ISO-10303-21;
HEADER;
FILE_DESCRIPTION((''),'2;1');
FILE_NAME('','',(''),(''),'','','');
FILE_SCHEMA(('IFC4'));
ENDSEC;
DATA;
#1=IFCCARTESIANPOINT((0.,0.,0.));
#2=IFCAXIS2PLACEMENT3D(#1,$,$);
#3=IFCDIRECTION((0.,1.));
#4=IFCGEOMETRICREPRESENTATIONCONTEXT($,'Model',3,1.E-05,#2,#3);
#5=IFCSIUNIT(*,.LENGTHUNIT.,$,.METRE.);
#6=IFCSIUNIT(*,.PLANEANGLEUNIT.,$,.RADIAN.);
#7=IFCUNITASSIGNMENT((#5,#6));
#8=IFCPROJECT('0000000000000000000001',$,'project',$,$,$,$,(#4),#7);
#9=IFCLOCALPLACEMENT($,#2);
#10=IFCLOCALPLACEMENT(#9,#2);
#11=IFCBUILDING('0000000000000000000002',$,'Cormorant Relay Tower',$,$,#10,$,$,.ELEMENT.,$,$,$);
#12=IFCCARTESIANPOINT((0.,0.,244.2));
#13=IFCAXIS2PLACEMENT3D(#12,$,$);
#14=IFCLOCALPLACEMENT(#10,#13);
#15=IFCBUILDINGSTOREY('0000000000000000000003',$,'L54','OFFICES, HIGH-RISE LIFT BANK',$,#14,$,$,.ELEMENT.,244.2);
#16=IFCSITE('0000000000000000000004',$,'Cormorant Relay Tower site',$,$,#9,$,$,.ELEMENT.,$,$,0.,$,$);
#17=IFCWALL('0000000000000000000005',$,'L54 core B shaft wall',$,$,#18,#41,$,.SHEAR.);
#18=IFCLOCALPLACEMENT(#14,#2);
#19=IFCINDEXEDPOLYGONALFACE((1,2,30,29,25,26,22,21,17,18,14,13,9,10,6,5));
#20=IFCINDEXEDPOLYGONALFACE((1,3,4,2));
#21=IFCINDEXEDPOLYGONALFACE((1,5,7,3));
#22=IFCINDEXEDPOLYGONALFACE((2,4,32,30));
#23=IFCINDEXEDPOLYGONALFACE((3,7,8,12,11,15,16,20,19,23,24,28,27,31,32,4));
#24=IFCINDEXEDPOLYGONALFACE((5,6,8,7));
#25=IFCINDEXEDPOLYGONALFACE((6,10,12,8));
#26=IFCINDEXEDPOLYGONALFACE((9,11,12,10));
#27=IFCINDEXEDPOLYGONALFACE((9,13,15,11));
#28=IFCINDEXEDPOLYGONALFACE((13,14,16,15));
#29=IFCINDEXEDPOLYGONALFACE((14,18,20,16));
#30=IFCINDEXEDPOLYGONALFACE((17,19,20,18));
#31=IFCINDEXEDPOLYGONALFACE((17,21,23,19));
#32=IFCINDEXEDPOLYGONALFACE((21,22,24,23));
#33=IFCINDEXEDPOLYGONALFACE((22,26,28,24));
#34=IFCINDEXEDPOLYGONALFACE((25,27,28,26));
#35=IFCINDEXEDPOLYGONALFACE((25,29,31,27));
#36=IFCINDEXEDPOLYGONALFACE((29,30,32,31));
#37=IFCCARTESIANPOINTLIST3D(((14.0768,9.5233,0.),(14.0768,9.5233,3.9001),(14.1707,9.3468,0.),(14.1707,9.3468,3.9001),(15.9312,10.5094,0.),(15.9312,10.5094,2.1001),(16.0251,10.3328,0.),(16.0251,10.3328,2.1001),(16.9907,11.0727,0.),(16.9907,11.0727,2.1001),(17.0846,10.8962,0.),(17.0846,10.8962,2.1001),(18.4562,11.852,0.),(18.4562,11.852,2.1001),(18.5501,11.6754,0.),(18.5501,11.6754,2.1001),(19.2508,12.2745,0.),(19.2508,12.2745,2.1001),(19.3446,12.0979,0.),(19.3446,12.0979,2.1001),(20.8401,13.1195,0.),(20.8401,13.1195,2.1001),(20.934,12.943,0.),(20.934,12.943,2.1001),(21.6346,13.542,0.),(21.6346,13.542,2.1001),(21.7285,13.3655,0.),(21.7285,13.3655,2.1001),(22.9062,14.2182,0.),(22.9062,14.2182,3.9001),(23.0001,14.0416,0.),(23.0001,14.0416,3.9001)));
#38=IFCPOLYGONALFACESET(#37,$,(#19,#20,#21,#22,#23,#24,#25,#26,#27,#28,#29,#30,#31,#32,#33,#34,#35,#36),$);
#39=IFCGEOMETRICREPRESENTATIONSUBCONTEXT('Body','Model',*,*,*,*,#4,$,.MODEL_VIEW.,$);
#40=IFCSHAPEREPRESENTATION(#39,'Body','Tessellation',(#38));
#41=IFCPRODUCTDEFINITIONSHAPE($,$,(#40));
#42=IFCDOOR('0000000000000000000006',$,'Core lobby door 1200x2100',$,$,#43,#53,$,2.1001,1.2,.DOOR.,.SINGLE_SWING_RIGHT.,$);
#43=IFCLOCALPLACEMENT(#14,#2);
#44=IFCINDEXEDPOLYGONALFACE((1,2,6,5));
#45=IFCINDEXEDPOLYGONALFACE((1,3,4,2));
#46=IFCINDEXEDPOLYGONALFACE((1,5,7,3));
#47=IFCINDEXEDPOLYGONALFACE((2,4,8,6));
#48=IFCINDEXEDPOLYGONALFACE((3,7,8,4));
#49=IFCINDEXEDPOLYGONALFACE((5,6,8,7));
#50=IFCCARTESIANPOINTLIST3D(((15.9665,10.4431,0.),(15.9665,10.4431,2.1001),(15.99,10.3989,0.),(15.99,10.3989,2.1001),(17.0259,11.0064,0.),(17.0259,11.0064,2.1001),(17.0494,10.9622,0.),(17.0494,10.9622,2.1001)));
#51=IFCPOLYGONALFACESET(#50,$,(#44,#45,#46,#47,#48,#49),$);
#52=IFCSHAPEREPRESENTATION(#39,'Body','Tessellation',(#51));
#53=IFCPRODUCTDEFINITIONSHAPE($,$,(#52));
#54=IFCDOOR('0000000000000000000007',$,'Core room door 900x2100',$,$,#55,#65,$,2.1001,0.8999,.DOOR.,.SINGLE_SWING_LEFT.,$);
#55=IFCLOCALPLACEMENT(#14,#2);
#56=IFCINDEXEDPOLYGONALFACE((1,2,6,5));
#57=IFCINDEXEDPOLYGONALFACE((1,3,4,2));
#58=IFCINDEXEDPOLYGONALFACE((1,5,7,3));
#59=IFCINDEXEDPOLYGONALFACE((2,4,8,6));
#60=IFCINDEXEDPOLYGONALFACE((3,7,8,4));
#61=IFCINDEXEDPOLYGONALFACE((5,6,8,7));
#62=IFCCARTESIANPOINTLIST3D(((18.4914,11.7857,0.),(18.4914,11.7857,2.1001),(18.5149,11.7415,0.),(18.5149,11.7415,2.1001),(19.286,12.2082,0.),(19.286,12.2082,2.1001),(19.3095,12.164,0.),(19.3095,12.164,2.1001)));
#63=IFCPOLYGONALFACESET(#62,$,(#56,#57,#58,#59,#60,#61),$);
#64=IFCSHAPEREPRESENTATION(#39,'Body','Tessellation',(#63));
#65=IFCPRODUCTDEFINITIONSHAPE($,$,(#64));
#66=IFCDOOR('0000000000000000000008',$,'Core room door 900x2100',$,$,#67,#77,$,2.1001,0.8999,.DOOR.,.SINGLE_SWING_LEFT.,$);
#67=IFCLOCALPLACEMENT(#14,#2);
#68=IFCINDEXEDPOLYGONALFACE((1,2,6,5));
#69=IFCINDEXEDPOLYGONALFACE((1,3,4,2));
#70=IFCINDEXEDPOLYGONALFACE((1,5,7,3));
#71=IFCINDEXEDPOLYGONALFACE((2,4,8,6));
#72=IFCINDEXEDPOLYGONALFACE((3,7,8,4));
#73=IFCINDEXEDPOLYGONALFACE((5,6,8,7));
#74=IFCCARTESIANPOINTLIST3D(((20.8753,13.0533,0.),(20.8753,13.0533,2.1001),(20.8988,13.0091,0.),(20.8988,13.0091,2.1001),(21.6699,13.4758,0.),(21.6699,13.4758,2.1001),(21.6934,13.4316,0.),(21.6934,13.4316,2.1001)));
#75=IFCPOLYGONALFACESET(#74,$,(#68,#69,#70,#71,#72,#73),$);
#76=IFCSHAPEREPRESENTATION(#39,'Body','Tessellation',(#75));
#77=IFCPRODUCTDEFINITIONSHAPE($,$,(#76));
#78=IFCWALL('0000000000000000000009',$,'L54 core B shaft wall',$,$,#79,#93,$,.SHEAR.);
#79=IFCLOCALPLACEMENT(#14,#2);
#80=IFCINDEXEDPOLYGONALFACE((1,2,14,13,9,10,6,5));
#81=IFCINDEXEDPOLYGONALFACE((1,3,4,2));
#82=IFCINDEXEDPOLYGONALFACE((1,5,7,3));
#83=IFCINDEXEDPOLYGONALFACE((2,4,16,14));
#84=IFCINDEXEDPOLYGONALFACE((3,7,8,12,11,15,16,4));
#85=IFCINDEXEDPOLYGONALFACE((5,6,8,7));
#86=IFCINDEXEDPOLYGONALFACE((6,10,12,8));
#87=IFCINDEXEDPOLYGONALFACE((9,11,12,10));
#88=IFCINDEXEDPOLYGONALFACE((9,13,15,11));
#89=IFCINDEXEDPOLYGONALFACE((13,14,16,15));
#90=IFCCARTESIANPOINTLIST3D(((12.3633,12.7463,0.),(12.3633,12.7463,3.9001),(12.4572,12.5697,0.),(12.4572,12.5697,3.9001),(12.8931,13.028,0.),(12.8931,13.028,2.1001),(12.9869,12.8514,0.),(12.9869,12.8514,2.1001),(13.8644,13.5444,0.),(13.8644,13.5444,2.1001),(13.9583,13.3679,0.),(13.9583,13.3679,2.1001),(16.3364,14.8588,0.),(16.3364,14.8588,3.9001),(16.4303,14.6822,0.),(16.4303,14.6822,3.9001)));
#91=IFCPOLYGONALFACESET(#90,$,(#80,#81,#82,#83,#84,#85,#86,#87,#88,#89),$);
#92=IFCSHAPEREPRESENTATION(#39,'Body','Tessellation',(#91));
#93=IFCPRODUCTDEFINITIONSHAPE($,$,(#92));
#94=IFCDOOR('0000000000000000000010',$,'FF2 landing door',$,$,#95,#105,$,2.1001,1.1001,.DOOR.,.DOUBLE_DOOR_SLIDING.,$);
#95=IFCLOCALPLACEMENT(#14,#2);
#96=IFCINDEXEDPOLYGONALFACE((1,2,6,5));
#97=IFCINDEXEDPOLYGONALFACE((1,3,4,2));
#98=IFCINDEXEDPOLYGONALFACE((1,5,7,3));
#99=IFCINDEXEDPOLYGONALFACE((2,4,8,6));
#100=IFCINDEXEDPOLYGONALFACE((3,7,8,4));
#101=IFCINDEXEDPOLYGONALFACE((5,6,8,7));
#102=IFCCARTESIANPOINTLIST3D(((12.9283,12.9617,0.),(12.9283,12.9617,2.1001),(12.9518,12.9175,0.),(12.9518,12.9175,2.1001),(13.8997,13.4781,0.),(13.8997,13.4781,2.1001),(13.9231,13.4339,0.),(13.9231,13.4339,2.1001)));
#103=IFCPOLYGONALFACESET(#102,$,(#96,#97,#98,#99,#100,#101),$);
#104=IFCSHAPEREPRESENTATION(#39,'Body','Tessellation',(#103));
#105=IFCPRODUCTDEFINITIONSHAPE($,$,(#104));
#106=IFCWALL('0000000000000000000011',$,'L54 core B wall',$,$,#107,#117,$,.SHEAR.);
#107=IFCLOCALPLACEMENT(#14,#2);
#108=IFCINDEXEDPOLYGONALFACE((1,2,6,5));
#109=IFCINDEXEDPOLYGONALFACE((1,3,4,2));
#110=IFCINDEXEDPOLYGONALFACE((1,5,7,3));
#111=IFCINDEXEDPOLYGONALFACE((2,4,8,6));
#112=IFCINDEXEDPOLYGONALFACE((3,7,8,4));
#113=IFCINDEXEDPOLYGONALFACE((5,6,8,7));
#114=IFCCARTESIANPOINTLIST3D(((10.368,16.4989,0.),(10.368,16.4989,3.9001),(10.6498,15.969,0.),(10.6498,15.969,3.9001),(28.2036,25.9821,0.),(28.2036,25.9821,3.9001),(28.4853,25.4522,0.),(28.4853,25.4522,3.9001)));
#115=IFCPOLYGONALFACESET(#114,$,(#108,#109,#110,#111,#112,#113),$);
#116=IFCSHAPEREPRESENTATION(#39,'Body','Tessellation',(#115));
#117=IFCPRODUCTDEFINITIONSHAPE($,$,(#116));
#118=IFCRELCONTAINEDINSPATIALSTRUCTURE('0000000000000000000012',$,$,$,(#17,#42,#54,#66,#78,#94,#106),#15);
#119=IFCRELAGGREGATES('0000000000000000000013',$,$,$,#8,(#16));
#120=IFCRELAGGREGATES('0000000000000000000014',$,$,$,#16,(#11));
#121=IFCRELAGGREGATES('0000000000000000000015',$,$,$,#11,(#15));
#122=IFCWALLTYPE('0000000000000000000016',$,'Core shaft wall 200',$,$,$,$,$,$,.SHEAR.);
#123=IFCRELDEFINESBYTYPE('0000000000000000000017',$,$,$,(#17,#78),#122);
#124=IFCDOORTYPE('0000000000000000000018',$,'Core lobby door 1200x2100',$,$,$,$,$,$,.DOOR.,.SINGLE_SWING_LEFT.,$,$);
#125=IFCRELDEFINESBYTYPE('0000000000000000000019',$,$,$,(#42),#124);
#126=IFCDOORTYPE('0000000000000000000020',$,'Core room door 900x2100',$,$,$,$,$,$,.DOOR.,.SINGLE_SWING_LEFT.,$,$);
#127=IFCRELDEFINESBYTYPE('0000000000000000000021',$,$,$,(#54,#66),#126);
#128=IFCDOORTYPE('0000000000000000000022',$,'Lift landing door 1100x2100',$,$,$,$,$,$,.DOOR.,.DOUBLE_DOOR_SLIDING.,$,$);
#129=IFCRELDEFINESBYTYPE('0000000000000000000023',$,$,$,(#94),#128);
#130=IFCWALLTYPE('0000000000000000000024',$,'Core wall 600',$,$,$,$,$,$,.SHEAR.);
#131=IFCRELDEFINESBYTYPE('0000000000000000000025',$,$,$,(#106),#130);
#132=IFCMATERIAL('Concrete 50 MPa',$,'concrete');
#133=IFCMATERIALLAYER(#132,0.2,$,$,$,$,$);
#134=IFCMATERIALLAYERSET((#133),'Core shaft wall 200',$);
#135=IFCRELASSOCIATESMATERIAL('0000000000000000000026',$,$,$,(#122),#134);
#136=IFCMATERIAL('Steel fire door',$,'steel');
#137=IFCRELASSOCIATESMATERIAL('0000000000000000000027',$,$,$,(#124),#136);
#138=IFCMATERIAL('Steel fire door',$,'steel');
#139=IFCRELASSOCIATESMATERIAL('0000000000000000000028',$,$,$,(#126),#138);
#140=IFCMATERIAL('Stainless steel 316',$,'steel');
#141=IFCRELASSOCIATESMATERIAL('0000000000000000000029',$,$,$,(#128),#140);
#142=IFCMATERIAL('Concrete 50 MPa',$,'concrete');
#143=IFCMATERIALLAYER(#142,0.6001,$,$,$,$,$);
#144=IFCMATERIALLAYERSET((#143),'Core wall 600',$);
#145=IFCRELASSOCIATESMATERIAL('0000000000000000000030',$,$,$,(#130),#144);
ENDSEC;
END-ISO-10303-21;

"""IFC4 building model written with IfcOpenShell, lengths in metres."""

from ifc_helpers import new_model, si_unit, direction, frame, frame_2d, origin, place, context, subcontext, project, spatial, rectangle, extrude, material, layer, layer_set, type_object, element, fill, save


model = new_model("IFC4")

# Units and contexts
model_context = context("Model", 3, precision=1e-05, world=origin(), true_north=direction((0.0, 1.0)))
body_context = subcontext(model_context, "Body", "Model", "MODEL_VIEW")
ifc_project = project(units=[si_unit("LENGTHUNIT", "METRE"), si_unit("PLANEANGLEUNIT", "RADIAN")], contexts=[model_context])

# Site, building, storey
site_placement = place(None, origin())
site = spatial("IfcSite", under=ifc_project, at=site_placement, Name="Cormorant Relay Tower site", CompositionType="ELEMENT", RefElevation=0.0)
building_placement = place(site_placement, origin())
building = spatial("IfcBuilding", under=site, at=building_placement, Name="Cormorant Relay Tower", CompositionType="ELEMENT")
storey_placement = place(building_placement, frame((0.0, 0.0, 244.2)))
storey = spatial("IfcBuildingStorey", under=building, at=storey_placement, Name="L54", Description="OFFICES, HIGH-RISE LIFT BANK", CompositionType="ELEMENT", Elevation=244.2)

# Shared definitions
ifc_material_1 = material(Name="Concrete 50 MPa", Category="concrete")
ifc_layer_1 = layer(ifc_material_1, 0.2)
ifc_layer_set_1 = layer_set([ifc_layer_1], Name="Core shaft wall 200")
wall_type_1 = type_object("IfcWallType", Name="Core shaft wall 200", PredefinedType="SHEAR", material=ifc_layer_set_1)

# Wall, openings, doors
wall_1_placement = place(storey_placement, frame((14.1238, 9.4351, 0.0), z_axis=(0.0, 0.0, 1.0), x_axis=(0.88294, 0.469485, 0.0)))
wall_1 = element("IfcWall", 1, at=wall_1_placement, inside=storey, type_object=wall_type_1, Name="L54 core B shaft wall", PredefinedType="SHEAR", context=body_context, shape_type="SweptSolid", body=[
    extrude(rectangle(XDim=10.0, YDim=0.2, at=frame_2d((5.0, 0.0))), origin(), (0.0, 0.0, 1.0), 3.9001),
])
opening_1_placement = place(wall_1_placement, frame((2.1001, 0.0, 0.0)))
opening_1 = element("IfcOpeningElement", 2, at=opening_1_placement, cuts=wall_1, PredefinedType="OPENING", context=body_context, shape_type="SweptSolid", body=[
    extrude(rectangle(XDim=1.2, YDim=2.1001, at=frame_2d((0.6001, 1.05))), frame((0.0, 0.1099, 0.0), z_axis=(0.0, -1.0, 0.0), x_axis=(1.0, 0.0, 0.0)), (0.0, 0.0, 1.0), 0.22),
])
opening_2_placement = place(wall_1_placement, frame((4.96, 0.0, 0.0)))
opening_2 = element("IfcOpeningElement", 3, at=opening_2_placement, cuts=wall_1, PredefinedType="OPENING", context=body_context, shape_type="SweptSolid", body=[
    extrude(rectangle(XDim=0.8999, YDim=2.1001, at=frame_2d((0.45, 1.05))), frame((0.0, 0.1099, 0.0), z_axis=(0.0, -1.0, 0.0), x_axis=(1.0, 0.0, 0.0)), (0.0, 0.0, 1.0), 0.22),
])
opening_3_placement = place(wall_1_placement, frame((7.6599, 0.0, 0.0)))
opening_3 = element("IfcOpeningElement", 4, at=opening_3_placement, cuts=wall_1, PredefinedType="OPENING", context=body_context, shape_type="SweptSolid", body=[
    extrude(rectangle(XDim=0.8999, YDim=2.1001, at=frame_2d((0.45, 1.05))), frame((0.0, 0.1099, 0.0), z_axis=(0.0, -1.0, 0.0), x_axis=(1.0, 0.0, 0.0)), (0.0, 0.0, 1.0), 0.22),
])
ifc_material_2 = material(Name="Steel fire door", Category="steel")
door_type_1 = type_object("IfcDoorType", Name="Core lobby door 1200x2100", OperationType="SINGLE_SWING_LEFT", PredefinedType="DOOR", material=ifc_material_2)
door_1_placement = place(opening_1_placement, origin())
door_1 = element("IfcDoor", 5, at=door_1_placement, inside=storey, type_object=door_type_1, Name="Core lobby door 1200x2100", OperationType="SINGLE_SWING_RIGHT", OverallHeight=2.1001, OverallWidth=1.2, PredefinedType="DOOR", context=body_context, shape_type="SweptSolid", body=[
    extrude(rectangle(XDim=1.2, YDim=2.1001, at=frame_2d((0.6001, 1.05))), frame((0.0, 0.0249, 0.0), z_axis=(0.0, -1.0, 0.0), x_axis=(1.0, 0.0, 0.0)), (0.0, 0.0, 1.0), 0.05),
])
fill(opening_1, door_1)
ifc_material_3 = material(Name="Steel fire door", Category="steel")
door_type_2 = type_object("IfcDoorType", Name="Core room door 900x2100", OperationType="SINGLE_SWING_LEFT", PredefinedType="DOOR", material=ifc_material_3)
door_2_placement = place(opening_2_placement, origin())
door_2 = element("IfcDoor", 6, at=door_2_placement, inside=storey, type_object=door_type_2, Name="Core room door 900x2100", OperationType="SINGLE_SWING_LEFT", OverallHeight=2.1001, OverallWidth=0.8999, PredefinedType="DOOR", context=body_context, shape_type="SweptSolid", body=[
    extrude(rectangle(XDim=0.8999, YDim=2.1001, at=frame_2d((0.45, 1.05))), frame((0.0, 0.0249, 0.0), z_axis=(0.0, -1.0, 0.0), x_axis=(1.0, 0.0, 0.0)), (0.0, 0.0, 1.0), 0.05),
])
fill(opening_2, door_2)
door_3_placement = place(opening_3_placement, origin())
door_3 = element("IfcDoor", 7, at=door_3_placement, inside=storey, type_object=door_type_2, Name="Core room door 900x2100", OperationType="SINGLE_SWING_LEFT", OverallHeight=2.1001, OverallWidth=0.8999, PredefinedType="DOOR", context=body_context, shape_type="SweptSolid", body=[
    extrude(rectangle(XDim=0.8999, YDim=2.1001, at=frame_2d((0.45, 1.05))), frame((0.0, 0.0249, 0.0), z_axis=(0.0, -1.0, 0.0), x_axis=(1.0, 0.0, 0.0)), (0.0, 0.0, 1.0), 0.05),
])
fill(opening_3, door_3)

# Wall, opening, door
wall_2_placement = place(storey_placement, frame((12.4102, 12.658, 0.0), z_axis=(0.0, 0.0, 1.0), x_axis=(0.882948, 0.46947, 0.0)))
wall_2 = element("IfcWall", 8, at=wall_2_placement, inside=storey, type_object=wall_type_1, Name="L54 core B shaft wall", PredefinedType="SHEAR", context=body_context, shape_type="SweptSolid", body=[
    extrude(rectangle(XDim=4.4998, YDim=0.2, at=frame_2d((2.25, 0.0))), origin(), (0.0, 0.0, 1.0), 3.9001),
])
opening_4_placement = place(wall_2_placement, frame((0.6001, 0.0, 0.0)))
opening_4 = element("IfcOpeningElement", 9, at=opening_4_placement, cuts=wall_2, PredefinedType="OPENING", context=body_context, shape_type="SweptSolid", body=[
    extrude(rectangle(XDim=1.1001, YDim=2.1001, at=frame_2d((0.55, 1.05))), frame((0.0, 0.1099, 0.0), z_axis=(0.0, -1.0, 0.0), x_axis=(1.0, 0.0, 0.0)), (0.0, 0.0, 1.0), 0.22),
])
ifc_material_4 = material(Name="Stainless steel 316", Category="steel")
door_type_3 = type_object("IfcDoorType", Name="Lift landing door 1100x2100", OperationType="DOUBLE_DOOR_SLIDING", PredefinedType="DOOR", material=ifc_material_4)
door_4_placement = place(opening_4_placement, origin())
door_4 = element("IfcDoor", 10, at=door_4_placement, inside=storey, type_object=door_type_3, Name="FF2 landing door", OperationType="DOUBLE_DOOR_SLIDING", OverallHeight=2.1001, OverallWidth=1.1001, PredefinedType="DOOR", context=body_context, shape_type="SweptSolid", body=[
    extrude(rectangle(XDim=1.1001, YDim=2.1001, at=frame_2d((0.55, 1.05))), frame((0.0, 0.0249, 0.0), z_axis=(0.0, -1.0, 0.0), x_axis=(1.0, 0.0, 0.0)), (0.0, 0.0, 1.0), 0.05),
])
fill(opening_4, door_4)

# Wall
ifc_material_5 = material(Name="Concrete 50 MPa", Category="concrete")
ifc_layer_2 = layer(ifc_material_5, 0.6001)
ifc_layer_set_2 = layer_set([ifc_layer_2], Name="Core wall 600")
wall_type_2 = type_object("IfcWallType", Name="Core wall 600", PredefinedType="SHEAR", material=ifc_layer_set_2)
wall_3_placement = place(storey_placement, frame((10.5088, 16.2339, 0.0), z_axis=(0.0, 0.0, 1.0), x_axis=(0.88295, 0.469467, 0.0)))
element("IfcWall", 11, at=wall_3_placement, inside=storey, type_object=wall_type_2, Name="L54 core B wall", PredefinedType="SHEAR", context=body_context, shape_type="SweptSolid", body=[
    extrude(rectangle(XDim=20.2, YDim=0.6001, at=frame_2d((10.1001, 0.0))), origin(), (0.0, 0.0, 1.0), 3.9001),
])

save(model, "model.ifc")
